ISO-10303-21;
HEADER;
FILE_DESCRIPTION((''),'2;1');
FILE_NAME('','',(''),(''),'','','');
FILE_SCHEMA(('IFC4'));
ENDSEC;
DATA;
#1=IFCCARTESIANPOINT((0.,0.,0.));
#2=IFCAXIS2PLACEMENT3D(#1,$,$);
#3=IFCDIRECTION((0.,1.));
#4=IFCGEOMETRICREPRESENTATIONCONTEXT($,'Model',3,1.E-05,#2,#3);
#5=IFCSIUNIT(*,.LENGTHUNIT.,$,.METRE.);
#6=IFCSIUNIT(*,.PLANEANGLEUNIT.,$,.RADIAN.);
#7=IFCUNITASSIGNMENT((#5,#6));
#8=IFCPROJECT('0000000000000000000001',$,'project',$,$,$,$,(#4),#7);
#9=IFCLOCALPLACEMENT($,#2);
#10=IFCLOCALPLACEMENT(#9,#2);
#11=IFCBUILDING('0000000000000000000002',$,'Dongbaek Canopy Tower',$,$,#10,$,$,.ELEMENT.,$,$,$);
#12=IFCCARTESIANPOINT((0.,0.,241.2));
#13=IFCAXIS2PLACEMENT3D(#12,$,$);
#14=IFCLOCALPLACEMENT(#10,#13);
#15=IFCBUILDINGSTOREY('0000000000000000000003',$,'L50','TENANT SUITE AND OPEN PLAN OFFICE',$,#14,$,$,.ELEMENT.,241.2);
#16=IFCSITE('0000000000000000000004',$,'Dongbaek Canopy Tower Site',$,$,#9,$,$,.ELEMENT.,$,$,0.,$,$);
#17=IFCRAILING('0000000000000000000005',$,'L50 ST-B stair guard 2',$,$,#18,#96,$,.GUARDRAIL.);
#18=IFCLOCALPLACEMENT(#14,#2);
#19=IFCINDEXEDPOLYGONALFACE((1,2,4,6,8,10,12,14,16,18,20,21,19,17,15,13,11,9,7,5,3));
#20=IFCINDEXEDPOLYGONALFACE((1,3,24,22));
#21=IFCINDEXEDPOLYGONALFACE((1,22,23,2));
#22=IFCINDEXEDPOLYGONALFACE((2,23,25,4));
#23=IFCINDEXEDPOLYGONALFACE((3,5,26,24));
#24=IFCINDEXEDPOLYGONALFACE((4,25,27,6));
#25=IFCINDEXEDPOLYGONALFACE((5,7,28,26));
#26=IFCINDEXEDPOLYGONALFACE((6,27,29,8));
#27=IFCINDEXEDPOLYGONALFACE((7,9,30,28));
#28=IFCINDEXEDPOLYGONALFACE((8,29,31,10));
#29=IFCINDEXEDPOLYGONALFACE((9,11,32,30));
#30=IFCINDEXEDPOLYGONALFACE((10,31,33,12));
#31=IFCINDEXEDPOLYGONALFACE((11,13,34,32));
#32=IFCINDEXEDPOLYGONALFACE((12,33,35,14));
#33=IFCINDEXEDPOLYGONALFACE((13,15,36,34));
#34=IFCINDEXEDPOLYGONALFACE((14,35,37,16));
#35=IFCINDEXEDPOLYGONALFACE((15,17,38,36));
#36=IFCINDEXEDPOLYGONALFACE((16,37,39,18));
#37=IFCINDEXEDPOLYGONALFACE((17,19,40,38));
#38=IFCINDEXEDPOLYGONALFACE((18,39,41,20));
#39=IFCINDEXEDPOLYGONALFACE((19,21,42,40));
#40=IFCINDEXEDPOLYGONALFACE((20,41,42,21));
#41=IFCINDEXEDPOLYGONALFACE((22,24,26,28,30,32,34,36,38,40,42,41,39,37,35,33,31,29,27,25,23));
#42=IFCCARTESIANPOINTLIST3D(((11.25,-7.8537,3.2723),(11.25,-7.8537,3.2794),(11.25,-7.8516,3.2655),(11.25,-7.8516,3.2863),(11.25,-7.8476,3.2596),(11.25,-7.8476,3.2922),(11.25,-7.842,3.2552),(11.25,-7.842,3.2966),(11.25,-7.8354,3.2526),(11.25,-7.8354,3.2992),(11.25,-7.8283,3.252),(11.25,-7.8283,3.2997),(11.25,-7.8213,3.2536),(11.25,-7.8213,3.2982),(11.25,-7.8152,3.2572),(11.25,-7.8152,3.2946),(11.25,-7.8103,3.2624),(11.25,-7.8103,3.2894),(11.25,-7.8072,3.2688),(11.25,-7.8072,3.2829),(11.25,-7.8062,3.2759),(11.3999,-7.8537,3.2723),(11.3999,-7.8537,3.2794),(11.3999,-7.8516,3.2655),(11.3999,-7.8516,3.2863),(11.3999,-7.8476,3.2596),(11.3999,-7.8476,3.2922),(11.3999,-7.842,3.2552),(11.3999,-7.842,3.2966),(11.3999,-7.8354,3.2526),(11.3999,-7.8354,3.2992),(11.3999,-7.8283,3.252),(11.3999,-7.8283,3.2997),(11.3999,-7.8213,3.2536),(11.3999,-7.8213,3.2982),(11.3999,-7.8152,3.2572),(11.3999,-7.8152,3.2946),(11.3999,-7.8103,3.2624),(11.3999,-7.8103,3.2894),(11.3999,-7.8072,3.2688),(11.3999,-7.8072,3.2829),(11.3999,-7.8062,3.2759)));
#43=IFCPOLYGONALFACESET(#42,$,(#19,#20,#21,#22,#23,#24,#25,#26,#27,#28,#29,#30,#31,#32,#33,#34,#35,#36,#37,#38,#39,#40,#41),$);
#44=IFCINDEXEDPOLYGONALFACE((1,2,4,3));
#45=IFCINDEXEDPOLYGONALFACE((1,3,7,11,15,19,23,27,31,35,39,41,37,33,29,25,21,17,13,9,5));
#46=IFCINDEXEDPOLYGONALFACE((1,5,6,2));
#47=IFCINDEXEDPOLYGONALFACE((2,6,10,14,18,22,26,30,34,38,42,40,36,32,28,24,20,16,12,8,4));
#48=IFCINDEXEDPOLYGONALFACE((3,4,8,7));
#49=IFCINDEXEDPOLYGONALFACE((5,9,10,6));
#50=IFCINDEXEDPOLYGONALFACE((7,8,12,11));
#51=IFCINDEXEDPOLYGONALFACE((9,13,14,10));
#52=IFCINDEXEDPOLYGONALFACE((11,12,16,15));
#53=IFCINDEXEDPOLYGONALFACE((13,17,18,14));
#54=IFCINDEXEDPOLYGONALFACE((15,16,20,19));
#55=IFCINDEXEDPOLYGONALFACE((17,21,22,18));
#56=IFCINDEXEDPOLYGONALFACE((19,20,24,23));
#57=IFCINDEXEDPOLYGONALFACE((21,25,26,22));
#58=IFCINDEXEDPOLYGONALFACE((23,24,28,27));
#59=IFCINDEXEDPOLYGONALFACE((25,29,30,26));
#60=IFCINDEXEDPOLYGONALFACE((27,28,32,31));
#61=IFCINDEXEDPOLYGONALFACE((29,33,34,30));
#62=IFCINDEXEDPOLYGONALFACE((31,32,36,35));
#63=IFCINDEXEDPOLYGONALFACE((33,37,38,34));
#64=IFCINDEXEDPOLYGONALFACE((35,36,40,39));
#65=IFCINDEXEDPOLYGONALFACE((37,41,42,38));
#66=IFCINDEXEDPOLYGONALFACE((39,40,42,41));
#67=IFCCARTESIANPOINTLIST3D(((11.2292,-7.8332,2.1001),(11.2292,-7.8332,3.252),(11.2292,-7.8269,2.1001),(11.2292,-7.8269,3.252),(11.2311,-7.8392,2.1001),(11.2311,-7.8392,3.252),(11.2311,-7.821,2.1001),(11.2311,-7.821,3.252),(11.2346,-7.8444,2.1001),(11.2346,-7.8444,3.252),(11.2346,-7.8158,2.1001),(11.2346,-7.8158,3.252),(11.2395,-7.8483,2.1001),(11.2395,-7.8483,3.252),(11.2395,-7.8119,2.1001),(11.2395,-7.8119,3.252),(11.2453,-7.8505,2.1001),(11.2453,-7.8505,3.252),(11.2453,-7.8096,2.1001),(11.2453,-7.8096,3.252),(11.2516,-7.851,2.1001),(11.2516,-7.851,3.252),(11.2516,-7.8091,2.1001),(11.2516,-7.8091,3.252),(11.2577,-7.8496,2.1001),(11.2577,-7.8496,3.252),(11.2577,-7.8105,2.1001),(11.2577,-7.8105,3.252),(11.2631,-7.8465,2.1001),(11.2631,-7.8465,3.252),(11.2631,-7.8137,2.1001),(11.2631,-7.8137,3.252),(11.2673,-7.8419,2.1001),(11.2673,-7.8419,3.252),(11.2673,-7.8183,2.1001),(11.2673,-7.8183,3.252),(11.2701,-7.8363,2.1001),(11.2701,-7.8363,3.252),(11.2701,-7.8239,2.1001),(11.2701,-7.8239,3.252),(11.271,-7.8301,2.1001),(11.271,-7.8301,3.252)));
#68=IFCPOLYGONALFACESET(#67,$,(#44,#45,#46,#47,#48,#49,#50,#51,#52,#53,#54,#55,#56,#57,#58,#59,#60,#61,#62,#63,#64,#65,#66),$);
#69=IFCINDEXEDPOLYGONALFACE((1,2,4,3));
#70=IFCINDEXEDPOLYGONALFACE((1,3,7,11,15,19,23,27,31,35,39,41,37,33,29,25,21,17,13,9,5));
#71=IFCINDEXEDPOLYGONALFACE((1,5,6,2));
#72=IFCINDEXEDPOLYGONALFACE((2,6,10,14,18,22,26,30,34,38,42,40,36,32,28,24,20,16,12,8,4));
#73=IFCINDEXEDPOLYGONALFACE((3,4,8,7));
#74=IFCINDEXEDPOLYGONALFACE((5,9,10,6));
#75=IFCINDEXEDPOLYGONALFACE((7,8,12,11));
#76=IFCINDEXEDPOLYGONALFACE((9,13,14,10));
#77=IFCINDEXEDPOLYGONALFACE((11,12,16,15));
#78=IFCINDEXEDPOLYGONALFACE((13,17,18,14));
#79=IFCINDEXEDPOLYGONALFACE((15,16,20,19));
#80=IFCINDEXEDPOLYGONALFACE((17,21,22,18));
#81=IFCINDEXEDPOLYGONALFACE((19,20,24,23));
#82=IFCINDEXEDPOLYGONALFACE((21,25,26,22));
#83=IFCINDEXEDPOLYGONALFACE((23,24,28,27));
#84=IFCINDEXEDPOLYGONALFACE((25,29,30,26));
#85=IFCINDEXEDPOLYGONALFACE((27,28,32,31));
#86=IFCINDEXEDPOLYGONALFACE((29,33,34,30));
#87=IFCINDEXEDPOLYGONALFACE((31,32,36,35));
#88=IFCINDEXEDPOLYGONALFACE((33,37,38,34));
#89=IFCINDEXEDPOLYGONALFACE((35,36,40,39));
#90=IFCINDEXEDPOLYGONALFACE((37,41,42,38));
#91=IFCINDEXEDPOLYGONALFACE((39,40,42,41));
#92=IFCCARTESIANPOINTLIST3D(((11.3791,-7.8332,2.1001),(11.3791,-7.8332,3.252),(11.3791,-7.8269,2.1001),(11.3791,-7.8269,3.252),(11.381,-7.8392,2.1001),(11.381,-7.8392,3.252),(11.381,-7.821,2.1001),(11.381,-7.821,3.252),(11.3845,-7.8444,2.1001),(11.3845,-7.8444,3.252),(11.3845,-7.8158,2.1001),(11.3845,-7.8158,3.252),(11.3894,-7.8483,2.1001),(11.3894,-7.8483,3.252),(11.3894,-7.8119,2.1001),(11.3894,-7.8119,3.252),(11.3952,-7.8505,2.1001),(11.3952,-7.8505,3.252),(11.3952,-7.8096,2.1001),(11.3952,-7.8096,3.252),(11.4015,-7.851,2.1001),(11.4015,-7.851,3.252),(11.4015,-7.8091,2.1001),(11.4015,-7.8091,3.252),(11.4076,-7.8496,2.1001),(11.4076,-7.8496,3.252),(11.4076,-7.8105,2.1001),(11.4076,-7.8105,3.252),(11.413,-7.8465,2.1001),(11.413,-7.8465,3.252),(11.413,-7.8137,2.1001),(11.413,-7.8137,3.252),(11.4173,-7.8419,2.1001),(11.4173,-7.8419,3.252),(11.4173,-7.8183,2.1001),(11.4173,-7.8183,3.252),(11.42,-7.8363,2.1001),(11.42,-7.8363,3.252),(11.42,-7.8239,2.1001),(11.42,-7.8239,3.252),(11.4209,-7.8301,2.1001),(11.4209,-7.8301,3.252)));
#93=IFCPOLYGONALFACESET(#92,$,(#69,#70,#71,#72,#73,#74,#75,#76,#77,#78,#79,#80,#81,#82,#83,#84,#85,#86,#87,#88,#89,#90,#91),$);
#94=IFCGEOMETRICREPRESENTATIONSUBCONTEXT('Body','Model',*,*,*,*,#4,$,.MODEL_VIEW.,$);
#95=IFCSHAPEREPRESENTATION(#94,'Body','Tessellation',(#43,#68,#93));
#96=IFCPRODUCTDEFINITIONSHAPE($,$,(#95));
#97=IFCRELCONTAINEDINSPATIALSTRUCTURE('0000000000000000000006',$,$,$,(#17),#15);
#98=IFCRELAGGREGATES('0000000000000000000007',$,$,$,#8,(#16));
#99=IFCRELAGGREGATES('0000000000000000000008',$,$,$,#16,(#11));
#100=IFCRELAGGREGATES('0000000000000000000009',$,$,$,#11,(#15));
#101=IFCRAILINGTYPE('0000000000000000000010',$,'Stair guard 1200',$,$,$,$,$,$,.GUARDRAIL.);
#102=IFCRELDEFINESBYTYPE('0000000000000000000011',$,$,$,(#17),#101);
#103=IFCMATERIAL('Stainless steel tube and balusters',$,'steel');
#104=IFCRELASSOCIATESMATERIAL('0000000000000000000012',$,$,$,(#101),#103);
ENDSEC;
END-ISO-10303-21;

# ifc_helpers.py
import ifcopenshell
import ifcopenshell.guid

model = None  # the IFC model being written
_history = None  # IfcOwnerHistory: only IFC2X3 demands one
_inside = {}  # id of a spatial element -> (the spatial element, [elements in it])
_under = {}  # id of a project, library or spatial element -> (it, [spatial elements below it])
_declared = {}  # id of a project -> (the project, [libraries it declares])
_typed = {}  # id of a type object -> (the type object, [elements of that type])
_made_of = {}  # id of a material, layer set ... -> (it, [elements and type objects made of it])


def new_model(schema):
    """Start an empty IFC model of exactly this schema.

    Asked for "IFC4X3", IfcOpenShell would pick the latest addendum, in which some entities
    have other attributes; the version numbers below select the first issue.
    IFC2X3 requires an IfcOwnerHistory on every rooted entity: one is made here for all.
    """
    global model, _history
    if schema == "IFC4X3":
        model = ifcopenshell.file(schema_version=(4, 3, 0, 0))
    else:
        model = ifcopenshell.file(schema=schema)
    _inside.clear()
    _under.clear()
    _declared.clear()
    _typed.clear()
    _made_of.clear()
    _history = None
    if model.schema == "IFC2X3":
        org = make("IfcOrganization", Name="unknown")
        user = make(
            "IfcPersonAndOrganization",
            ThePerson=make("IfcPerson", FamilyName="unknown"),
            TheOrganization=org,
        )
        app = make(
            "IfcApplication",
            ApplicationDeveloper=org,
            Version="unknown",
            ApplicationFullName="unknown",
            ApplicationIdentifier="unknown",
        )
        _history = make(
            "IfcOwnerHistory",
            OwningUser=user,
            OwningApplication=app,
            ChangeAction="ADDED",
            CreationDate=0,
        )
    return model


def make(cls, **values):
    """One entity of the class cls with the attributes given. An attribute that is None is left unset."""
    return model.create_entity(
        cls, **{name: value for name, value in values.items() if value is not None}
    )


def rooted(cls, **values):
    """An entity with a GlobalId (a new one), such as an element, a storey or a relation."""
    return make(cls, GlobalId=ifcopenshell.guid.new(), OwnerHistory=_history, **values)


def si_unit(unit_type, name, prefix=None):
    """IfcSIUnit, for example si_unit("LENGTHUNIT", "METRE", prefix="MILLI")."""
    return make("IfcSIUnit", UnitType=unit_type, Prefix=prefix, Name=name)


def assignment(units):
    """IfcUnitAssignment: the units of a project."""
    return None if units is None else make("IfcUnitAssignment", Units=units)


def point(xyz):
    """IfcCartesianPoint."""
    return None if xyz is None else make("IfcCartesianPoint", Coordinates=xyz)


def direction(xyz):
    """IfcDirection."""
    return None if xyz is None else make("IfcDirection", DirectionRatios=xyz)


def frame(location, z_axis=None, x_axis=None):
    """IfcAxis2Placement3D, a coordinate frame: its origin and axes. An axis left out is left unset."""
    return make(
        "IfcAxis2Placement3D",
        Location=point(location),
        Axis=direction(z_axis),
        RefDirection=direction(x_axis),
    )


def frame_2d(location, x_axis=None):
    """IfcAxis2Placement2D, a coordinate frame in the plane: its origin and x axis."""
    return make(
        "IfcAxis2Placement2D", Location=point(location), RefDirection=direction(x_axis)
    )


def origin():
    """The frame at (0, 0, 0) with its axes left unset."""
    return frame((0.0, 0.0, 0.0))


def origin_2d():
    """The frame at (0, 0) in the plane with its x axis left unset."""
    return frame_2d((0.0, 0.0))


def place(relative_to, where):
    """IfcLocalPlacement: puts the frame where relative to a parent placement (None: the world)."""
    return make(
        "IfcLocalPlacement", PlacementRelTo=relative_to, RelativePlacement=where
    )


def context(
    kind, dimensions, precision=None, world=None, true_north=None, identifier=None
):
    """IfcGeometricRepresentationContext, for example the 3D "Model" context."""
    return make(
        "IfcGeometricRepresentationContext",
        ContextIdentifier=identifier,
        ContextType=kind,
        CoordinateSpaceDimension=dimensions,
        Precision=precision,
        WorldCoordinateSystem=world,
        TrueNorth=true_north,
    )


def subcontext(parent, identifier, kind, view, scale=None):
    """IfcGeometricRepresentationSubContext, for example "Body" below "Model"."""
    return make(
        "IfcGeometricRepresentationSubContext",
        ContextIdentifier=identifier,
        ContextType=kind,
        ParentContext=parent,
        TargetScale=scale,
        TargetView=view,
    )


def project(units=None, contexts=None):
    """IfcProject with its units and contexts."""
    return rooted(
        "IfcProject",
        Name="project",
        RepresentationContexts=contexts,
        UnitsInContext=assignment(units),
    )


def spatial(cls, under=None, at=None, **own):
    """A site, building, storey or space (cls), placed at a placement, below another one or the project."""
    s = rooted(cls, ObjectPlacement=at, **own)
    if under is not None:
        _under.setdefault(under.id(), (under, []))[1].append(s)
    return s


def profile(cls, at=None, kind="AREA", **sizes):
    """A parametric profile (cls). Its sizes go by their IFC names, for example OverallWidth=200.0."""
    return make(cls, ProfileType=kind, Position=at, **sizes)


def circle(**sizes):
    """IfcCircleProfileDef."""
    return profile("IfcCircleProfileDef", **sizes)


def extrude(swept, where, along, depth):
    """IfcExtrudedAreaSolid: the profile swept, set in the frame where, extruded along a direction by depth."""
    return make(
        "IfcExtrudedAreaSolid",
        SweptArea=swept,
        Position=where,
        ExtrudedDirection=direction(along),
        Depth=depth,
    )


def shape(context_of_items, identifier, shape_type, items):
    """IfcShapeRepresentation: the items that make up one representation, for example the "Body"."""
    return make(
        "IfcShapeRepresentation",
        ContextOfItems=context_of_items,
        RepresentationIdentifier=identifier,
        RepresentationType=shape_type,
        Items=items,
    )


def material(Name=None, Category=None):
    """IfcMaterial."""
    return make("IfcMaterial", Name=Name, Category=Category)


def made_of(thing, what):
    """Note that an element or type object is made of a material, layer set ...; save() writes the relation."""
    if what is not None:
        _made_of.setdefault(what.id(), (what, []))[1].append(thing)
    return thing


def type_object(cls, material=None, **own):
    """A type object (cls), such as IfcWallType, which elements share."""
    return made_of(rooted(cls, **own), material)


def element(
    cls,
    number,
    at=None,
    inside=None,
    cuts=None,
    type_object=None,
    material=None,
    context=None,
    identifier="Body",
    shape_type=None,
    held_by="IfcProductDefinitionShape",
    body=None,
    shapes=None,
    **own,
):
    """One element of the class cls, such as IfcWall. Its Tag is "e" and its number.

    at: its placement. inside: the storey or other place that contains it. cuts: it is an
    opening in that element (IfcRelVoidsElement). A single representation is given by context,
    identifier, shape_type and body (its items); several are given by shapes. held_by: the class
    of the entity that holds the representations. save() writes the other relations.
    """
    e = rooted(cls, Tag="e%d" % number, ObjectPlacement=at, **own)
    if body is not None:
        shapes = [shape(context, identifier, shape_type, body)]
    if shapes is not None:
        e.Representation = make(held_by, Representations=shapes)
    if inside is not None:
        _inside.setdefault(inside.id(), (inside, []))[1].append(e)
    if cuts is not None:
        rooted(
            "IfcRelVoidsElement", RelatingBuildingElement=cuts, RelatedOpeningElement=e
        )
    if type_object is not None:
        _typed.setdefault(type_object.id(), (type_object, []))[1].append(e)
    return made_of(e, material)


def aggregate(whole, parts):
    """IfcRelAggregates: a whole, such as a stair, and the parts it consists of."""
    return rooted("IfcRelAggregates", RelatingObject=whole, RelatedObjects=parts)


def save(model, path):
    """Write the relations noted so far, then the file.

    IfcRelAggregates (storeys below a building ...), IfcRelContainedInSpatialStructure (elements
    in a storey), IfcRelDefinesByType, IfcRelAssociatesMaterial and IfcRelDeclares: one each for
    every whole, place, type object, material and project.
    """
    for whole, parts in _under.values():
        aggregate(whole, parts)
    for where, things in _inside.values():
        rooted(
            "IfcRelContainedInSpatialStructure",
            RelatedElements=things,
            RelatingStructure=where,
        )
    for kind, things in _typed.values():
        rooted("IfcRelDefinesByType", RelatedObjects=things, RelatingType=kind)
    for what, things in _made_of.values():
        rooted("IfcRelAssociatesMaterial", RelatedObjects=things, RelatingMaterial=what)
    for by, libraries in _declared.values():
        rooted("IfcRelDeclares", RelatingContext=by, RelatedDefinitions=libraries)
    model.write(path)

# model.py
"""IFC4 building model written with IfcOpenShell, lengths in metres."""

from ifc_helpers import new_model, si_unit, direction, frame, origin, origin_2d, place, context, subcontext, project, spatial, circle, extrude, material, type_object, element, save


model = new_model("IFC4")

# Units and contexts
model_context = context("Model", 3, precision=1e-05, world=origin(), true_north=direction((0.0, 1.0)))
body_context = subcontext(model_context, "Body", "Model", "MODEL_VIEW")
ifc_project = project(units=[si_unit("LENGTHUNIT", "METRE"), si_unit("PLANEANGLEUNIT", "RADIAN")], contexts=[model_context])

# Site, building, storey
site_placement = place(None, origin())
site = spatial("IfcSite", under=ifc_project, at=site_placement, Name="Dongbaek Canopy Tower Site", CompositionType="ELEMENT", RefElevation=0.0)
building_placement = place(site_placement, origin())
building = spatial("IfcBuilding", under=site, at=building_placement, Name="Dongbaek Canopy Tower", CompositionType="ELEMENT")
storey_placement = place(building_placement, frame((0.0, 0.0, 241.2)))
storey = spatial("IfcBuildingStorey", under=building, at=storey_placement, Name="L50", Description="TENANT SUITE AND OPEN PLAN OFFICE", CompositionType="ELEMENT", Elevation=241.2)

# Railing
ifc_material_1 = material(Name="Stainless steel tube and balusters", Category="steel")
railing_type_1 = type_object("IfcRailingType", Name="Stair guard 1200", PredefinedType="GUARDRAIL", material=ifc_material_1)
railing_1_placement = place(storey_placement, frame((11.25, -7.8301, 2.1001)))
element("IfcRailing", 1, at=railing_1_placement, inside=storey, type_object=railing_type_1, Name="L50 ST-B stair guard 2", PredefinedType="GUARDRAIL", context=body_context, shape_type="SweptSolid", body=[
    extrude(circle(Radius=0.0239, at=origin_2d()), frame((0.0, 0.0, 1.1758), z_axis=(1.0, 0.0, 0.0), x_axis=(0.0, 1.0, 0.0)), (0.0, 0.0, 1.0), 0.1499),
    extrude(circle(Radius=0.021, at=origin_2d()), origin(), (0.0, 0.0, 1.0), 1.1519),
    extrude(circle(Radius=0.021, at=origin_2d()), frame((0.1499, 0.0, 0.0)), (0.0, 0.0, 1.0), 1.1519),
])

save(model, "model.ifc")
